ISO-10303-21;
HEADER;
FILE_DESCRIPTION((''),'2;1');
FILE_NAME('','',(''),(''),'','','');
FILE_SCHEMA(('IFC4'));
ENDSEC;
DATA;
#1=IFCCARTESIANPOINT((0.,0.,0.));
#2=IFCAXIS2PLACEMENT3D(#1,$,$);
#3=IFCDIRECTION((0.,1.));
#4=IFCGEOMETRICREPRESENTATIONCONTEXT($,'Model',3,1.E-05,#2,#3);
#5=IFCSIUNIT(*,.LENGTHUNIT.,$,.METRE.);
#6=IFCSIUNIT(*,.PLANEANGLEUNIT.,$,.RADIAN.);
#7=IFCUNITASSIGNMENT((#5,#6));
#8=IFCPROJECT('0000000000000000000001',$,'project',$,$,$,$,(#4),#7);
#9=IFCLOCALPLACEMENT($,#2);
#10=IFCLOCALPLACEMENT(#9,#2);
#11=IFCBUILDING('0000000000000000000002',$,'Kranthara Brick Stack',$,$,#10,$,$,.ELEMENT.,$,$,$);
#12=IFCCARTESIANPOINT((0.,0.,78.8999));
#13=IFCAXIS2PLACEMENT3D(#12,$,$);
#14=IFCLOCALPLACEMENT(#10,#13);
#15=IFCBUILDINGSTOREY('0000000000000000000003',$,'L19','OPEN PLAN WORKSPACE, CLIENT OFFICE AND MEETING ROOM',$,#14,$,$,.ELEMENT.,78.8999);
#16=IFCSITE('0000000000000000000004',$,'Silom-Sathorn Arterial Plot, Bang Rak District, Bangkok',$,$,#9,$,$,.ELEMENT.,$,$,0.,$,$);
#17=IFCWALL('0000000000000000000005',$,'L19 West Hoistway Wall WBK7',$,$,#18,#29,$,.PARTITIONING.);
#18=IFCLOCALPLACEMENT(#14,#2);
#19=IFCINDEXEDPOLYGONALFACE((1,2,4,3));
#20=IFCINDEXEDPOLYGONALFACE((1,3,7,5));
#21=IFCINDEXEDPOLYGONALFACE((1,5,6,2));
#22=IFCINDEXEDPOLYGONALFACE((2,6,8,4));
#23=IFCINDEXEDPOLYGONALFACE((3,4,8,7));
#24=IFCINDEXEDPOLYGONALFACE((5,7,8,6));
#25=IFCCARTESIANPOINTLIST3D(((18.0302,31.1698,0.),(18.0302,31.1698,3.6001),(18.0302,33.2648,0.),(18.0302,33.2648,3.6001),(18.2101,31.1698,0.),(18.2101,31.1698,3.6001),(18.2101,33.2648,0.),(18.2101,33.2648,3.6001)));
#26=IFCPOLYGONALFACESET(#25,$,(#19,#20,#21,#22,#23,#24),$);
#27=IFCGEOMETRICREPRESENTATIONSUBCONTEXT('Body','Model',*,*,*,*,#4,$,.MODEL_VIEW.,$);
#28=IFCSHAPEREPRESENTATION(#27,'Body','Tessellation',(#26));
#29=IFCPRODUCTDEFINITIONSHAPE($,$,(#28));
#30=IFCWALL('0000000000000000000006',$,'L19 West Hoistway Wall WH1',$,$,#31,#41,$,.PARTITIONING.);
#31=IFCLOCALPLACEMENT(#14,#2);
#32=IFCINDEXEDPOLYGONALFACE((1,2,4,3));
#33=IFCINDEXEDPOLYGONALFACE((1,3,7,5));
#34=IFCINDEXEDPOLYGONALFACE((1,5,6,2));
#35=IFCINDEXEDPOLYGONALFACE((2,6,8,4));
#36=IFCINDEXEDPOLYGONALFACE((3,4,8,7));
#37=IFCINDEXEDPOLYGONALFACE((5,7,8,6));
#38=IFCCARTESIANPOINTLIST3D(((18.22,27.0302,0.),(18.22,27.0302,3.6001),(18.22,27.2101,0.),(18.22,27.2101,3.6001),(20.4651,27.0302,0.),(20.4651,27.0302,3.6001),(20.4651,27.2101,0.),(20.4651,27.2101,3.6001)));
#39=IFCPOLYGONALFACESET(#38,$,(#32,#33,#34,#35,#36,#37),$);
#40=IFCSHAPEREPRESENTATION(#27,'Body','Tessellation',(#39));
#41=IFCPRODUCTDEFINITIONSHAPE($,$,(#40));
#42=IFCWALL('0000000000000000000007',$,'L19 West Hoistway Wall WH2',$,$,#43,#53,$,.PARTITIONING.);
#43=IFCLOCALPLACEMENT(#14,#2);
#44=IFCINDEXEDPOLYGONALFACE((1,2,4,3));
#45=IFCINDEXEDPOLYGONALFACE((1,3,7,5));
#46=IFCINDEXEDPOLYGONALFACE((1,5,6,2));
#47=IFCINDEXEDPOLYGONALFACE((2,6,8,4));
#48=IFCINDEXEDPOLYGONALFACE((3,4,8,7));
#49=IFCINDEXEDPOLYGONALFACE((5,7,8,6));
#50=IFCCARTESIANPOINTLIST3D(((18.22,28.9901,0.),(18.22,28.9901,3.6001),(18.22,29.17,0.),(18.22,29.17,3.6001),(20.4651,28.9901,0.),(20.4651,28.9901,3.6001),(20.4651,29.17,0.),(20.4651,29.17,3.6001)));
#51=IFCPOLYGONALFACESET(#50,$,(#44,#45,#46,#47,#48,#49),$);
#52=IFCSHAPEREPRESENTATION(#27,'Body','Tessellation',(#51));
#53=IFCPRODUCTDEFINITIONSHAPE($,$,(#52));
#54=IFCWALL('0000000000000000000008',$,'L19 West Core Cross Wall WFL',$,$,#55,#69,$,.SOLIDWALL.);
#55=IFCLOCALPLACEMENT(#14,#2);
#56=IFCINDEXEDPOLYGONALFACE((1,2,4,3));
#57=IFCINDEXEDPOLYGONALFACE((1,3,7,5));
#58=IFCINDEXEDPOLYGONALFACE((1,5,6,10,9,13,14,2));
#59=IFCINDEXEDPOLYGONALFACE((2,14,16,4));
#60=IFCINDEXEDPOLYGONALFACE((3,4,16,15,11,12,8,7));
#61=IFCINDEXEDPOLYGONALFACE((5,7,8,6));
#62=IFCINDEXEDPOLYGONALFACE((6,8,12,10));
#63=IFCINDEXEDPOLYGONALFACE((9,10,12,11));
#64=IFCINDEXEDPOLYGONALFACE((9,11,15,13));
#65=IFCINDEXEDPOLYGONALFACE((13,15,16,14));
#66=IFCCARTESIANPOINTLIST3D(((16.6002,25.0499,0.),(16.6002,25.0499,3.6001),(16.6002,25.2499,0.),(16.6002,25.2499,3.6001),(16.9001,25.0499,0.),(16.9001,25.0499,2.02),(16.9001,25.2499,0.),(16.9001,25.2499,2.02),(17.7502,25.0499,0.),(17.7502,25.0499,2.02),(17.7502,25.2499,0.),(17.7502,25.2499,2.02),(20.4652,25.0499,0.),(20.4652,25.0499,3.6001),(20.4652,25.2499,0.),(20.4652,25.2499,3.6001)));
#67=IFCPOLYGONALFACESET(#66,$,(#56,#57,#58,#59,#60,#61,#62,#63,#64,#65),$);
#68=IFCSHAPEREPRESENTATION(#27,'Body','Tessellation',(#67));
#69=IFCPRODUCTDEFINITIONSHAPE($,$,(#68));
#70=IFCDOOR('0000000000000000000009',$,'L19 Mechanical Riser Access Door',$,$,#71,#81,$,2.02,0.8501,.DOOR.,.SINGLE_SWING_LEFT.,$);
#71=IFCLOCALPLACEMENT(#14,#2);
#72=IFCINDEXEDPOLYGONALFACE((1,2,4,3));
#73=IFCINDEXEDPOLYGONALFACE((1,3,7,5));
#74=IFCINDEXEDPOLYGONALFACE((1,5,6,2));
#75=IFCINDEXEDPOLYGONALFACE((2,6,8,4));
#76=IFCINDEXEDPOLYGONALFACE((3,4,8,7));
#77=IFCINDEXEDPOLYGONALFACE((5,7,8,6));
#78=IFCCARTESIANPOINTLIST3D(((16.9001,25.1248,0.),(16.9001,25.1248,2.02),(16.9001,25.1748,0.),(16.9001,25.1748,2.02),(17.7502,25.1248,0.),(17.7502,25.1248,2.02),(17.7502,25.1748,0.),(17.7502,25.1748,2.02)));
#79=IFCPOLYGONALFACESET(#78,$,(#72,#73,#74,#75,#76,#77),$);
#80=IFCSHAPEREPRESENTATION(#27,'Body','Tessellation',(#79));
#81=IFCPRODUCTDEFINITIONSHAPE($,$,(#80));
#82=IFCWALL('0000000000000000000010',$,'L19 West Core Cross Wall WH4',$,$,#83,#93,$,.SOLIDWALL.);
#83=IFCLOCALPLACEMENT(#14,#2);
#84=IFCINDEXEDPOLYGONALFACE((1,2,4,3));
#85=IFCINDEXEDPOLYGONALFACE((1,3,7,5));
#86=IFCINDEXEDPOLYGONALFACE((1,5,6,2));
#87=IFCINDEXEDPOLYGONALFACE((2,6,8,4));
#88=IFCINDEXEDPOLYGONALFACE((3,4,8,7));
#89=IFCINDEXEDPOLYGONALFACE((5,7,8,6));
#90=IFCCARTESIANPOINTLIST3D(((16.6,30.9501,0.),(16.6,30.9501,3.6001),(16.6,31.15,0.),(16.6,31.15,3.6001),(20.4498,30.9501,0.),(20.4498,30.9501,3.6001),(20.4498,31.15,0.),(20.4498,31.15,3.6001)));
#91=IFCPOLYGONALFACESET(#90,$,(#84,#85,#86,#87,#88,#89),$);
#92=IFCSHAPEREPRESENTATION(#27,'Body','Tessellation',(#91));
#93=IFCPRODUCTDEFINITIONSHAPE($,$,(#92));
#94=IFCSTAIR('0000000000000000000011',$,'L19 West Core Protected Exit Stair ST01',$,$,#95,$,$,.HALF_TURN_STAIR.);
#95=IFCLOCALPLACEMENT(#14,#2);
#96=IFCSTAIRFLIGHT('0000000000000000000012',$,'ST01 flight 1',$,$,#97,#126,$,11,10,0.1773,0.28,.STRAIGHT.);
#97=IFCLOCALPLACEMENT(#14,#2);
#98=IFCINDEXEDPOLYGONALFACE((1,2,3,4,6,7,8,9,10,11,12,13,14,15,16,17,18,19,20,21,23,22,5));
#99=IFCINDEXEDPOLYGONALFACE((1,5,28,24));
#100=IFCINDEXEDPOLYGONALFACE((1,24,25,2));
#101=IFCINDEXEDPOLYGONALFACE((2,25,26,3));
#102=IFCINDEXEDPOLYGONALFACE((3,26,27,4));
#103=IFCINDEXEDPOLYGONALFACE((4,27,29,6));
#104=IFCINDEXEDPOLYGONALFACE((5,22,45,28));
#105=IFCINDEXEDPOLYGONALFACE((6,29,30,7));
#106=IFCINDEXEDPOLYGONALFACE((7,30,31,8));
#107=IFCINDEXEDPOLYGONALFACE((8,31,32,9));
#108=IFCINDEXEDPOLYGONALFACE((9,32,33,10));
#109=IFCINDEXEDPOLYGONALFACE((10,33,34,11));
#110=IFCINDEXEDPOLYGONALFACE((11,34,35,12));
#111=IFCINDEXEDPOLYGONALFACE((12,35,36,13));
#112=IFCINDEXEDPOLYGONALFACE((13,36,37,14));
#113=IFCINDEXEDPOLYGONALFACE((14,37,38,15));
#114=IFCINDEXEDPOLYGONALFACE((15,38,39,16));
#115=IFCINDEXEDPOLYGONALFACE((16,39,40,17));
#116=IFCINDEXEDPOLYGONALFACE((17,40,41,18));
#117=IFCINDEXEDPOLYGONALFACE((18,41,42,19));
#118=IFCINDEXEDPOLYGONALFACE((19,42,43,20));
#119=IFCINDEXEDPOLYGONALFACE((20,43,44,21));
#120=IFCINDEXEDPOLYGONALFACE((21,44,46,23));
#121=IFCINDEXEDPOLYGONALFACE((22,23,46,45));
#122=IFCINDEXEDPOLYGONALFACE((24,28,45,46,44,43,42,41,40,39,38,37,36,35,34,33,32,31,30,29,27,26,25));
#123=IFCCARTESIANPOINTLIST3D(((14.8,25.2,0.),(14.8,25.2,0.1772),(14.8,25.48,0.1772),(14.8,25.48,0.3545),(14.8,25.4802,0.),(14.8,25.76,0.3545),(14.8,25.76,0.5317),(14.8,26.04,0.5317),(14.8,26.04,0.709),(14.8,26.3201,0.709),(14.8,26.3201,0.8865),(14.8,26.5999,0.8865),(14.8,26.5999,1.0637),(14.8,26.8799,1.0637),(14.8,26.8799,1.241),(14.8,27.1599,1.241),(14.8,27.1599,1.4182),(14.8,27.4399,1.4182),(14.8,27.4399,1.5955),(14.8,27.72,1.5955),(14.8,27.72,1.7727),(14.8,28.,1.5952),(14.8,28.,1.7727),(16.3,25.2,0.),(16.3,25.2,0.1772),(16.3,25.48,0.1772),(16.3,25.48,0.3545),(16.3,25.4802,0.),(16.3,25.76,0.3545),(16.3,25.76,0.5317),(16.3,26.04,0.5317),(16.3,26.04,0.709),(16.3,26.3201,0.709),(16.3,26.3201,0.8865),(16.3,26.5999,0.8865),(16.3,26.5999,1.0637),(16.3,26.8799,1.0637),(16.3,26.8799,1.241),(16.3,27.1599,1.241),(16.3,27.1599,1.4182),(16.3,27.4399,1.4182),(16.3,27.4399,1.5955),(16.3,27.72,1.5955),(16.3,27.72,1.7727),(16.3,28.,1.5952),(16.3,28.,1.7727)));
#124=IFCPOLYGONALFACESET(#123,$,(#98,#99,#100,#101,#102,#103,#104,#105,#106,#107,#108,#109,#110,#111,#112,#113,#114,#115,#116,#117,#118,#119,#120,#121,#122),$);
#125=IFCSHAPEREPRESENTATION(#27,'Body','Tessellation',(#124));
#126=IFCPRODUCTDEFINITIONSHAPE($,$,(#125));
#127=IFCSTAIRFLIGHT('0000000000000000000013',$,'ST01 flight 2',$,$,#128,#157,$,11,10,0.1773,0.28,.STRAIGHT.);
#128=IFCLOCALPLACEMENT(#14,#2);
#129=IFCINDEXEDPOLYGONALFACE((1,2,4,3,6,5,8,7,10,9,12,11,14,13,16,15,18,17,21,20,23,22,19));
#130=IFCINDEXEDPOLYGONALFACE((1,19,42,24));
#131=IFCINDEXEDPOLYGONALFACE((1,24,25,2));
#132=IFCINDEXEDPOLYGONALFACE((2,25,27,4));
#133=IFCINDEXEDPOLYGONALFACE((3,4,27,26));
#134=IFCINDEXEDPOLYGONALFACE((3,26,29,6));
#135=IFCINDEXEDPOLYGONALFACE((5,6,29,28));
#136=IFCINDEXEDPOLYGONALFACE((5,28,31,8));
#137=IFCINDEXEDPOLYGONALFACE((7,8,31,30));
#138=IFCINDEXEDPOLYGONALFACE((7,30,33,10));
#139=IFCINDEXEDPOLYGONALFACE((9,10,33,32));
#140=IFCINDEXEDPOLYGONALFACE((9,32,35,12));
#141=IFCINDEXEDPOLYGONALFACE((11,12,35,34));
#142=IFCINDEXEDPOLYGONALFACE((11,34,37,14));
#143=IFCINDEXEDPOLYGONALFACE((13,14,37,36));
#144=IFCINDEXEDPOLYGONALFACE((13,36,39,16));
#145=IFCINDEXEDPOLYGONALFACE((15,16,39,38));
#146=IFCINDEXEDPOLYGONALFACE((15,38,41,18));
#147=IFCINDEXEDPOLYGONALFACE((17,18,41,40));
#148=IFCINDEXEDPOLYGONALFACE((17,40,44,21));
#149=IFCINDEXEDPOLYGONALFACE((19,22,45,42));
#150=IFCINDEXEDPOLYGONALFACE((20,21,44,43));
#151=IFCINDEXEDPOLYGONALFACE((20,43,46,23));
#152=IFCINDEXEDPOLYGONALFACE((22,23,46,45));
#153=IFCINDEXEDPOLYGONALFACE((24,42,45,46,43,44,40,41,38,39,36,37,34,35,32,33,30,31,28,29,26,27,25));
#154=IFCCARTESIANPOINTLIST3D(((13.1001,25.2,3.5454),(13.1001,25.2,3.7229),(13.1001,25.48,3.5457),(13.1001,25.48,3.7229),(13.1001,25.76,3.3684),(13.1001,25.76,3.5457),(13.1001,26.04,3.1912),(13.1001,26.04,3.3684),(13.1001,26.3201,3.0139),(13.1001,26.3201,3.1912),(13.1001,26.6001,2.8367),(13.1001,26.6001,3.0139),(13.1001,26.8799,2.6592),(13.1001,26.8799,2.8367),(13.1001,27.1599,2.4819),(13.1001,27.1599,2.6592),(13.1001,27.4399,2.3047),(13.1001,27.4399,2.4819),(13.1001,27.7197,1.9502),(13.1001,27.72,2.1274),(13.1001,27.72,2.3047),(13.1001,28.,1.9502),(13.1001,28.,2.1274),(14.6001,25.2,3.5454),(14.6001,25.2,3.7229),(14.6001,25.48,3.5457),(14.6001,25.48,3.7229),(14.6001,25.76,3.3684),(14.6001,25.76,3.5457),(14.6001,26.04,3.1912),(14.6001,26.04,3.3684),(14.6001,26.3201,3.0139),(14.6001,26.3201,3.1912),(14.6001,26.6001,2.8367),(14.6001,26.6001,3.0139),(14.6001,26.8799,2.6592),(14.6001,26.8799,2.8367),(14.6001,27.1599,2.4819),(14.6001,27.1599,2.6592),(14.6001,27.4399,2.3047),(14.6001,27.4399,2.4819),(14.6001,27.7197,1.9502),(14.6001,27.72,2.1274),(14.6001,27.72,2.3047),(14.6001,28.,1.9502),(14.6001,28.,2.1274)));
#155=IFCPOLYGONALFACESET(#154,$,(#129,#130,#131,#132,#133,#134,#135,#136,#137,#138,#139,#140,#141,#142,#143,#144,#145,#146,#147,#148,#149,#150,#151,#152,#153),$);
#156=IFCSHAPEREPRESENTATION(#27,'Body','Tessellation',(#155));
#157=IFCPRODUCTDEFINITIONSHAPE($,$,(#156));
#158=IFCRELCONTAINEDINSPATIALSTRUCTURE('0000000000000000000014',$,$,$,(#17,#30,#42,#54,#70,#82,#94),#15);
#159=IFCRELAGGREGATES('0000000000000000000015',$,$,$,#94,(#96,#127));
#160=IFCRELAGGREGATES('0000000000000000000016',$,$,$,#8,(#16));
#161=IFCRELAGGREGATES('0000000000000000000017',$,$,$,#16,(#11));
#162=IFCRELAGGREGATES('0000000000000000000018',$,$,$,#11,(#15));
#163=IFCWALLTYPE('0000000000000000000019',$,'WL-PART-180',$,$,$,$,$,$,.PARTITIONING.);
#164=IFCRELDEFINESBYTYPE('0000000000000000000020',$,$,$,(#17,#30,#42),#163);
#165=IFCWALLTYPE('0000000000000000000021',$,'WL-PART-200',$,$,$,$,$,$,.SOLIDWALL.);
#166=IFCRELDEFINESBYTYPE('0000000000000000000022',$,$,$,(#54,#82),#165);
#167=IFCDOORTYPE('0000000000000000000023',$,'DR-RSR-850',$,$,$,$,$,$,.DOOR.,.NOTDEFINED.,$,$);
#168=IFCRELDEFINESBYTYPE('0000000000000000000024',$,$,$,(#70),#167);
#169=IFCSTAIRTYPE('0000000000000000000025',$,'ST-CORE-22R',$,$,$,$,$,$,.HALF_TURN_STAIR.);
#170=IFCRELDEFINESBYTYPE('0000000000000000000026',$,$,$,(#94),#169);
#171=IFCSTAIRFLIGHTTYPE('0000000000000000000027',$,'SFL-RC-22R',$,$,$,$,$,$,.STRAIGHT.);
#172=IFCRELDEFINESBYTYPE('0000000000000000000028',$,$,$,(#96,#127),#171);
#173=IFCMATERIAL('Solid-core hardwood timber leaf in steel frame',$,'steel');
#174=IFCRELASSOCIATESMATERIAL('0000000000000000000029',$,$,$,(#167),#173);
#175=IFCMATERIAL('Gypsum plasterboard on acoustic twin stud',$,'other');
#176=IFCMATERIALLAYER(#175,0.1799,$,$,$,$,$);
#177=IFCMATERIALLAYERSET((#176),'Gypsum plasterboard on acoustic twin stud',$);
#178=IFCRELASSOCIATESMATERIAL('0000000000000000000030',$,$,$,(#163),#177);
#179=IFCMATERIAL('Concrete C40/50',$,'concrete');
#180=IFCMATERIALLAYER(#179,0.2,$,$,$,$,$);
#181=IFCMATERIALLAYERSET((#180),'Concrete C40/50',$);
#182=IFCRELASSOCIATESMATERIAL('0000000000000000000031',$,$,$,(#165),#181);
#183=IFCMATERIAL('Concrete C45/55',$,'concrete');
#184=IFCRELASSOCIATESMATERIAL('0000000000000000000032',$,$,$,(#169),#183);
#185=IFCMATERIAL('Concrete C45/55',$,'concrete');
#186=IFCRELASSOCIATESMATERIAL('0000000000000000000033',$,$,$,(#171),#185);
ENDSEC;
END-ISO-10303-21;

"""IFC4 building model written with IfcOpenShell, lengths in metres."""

from ifc_helpers import new_model, si_unit, direction, frame, frame_2d, origin, place, context, subcontext, project, spatial, polyline, rectangle, outline, extrude, material, layer, layer_set, type_object, element, fill, aggregate, save


model = new_model("IFC4")

# Units and contexts
model_context = context("Model", 3, precision=1e-05, world=origin(), true_north=direction((0.0, 1.0)))
body_context = subcontext(model_context, "Body", "Model", "MODEL_VIEW")
ifc_project = project(units=[si_unit("LENGTHUNIT", "METRE"), si_unit("PLANEANGLEUNIT", "RADIAN")], contexts=[model_context])

# Site, building, storey
site_placement = place(None, origin())
site = spatial("IfcSite", under=ifc_project, at=site_placement, Name="Silom-Sathorn Arterial Plot, Bang Rak District, Bangkok", CompositionType="ELEMENT", RefElevation=0.0)
building_placement = place(site_placement, origin())
building = spatial("IfcBuilding", under=site, at=building_placement, Name="Kranthara Brick Stack", CompositionType="ELEMENT")
storey_placement = place(building_placement, frame((0.0, 0.0, 78.8999)))
storey = spatial("IfcBuildingStorey", under=building, at=storey_placement, Name="L19", Description="OPEN PLAN WORKSPACE, CLIENT OFFICE AND MEETING ROOM", CompositionType="ELEMENT", Elevation=78.8999)

# Shared definitions
ifc_material_1 = material(Name="Solid-core hardwood timber leaf in steel frame", Category="steel")
door_type_1 = type_object("IfcDoorType", Name="DR-RSR-850", OperationType="NOTDEFINED", PredefinedType="DOOR", material=ifc_material_1)

# Walls
ifc_material_2 = material(Name="Gypsum plasterboard on acoustic twin stud", Category="other")
ifc_layer_1 = layer(ifc_material_2, 0.1799)
ifc_layer_set_1 = layer_set([ifc_layer_1], Name="Gypsum plasterboard on acoustic twin stud")
wall_type_1 = type_object("IfcWallType", Name="WL-PART-180", PredefinedType="PARTITIONING", material=ifc_layer_set_1)
wall_1_placement = place(storey_placement, frame((18.1201, 31.1699, 0.0), z_axis=(0.0, 0.0, 1.0), x_axis=(0.0, 1.0, 0.0)))
element("IfcWall", 1, at=wall_1_placement, inside=storey, type_object=wall_type_1, Name="L19 West Hoistway Wall WBK7", PredefinedType="PARTITIONING", context=body_context, shape_type="SweptSolid", body=[
    extrude(rectangle(XDim=2.095, YDim=0.1799, at=frame_2d((1.0474, 0.0))), origin(), (0.0, 0.0, 1.0), 3.6001),
])
for number, where, z_axis, x_axis, name in (
    (2, (18.22, 27.1201, 0.0), (0.0, 0.0, 1.0), (1.0, 0.0, 0.0), "L19 West Hoistway Wall WH1"),
    (3, (18.22, 29.0801, 0.0), (0.0, 0.0, 1.0), (1.0, 0.0, 0.0), "L19 West Hoistway Wall WH2"),
):
    element("IfcWall", number, at=place(storey_placement, frame(where, z_axis=z_axis, x_axis=x_axis)), inside=storey, type_object=wall_type_1, Name=name, PredefinedType="PARTITIONING", context=body_context, shape_type="SweptSolid", body=[
        extrude(rectangle(XDim=2.2451, YDim=0.1799, at=frame_2d((1.1226, 0.0))), origin(), (0.0, 0.0, 1.0), 3.6001),
    ])

# Wall, opening, door
ifc_material_3 = material(Name="Concrete C40/50", Category="concrete")
ifc_layer_2 = layer(ifc_material_3, 0.2)
ifc_layer_set_2 = layer_set([ifc_layer_2], Name="Concrete C40/50")
wall_type_2 = type_object("IfcWallType", Name="WL-PART-200", PredefinedType="SOLIDWALL", material=ifc_layer_set_2)
wall_2_placement = place(storey_placement, frame((16.6001, 25.1499, 0.0), z_axis=(0.0, 0.0, 1.0), x_axis=(1.0, 0.0, 0.0)))
wall_2 = element("IfcWall", 4, at=wall_2_placement, inside=storey, type_object=wall_type_2, Name="L19 West Core Cross Wall WFL", PredefinedType="SOLIDWALL", context=body_context, shape_type="SweptSolid", body=[
    extrude(rectangle(XDim=3.865, YDim=0.2, at=frame_2d((1.9326, 0.0))), origin(), (0.0, 0.0, 1.0), 3.6001),
])
opening_1_placement = place(wall_2_placement, frame((0.3, 0.0, 0.0)))
opening_1 = element("IfcOpeningElement", 5, at=opening_1_placement, cuts=wall_2, PredefinedType="OPENING", context=body_context, shape_type="SweptSolid", body=[
    extrude(rectangle(XDim=0.8501, YDim=2.02, at=frame_2d((0.425, 1.01))), frame((0.0, 0.1099, 0.0), z_axis=(0.0, -1.0, 0.0), x_axis=(1.0, 0.0, 0.0)), (0.0, 0.0, 1.0), 0.22),
])
door_1_placement = place(opening_1_placement, origin())
door_1 = element("IfcDoor", 6, at=door_1_placement, inside=storey, type_object=door_type_1, Name="L19 Mechanical Riser Access Door", OperationType="SINGLE_SWING_LEFT", OverallHeight=2.02, OverallWidth=0.8501, PredefinedType="DOOR", context=body_context, shape_type="SweptSolid", body=[
    extrude(rectangle(XDim=0.8501, YDim=2.02, at=frame_2d((0.425, 1.01))), frame((0.0, 0.0249, 0.0), z_axis=(0.0, -1.0, 0.0), x_axis=(1.0, 0.0, 0.0)), (0.0, 0.0, 1.0), 0.05),
])
fill(opening_1, door_1)

# Wall
wall_3_placement = place(storey_placement, frame((16.6001, 31.05, 0.0), z_axis=(0.0, 0.0, 1.0), x_axis=(1.0, 0.0, 0.0)))
element("IfcWall", 7, at=wall_3_placement, inside=storey, type_object=wall_type_2, Name="L19 West Core Cross Wall WH4", PredefinedType="SOLIDWALL", context=body_context, shape_type="SweptSolid", body=[
    extrude(rectangle(XDim=3.8499, YDim=0.2, at=frame_2d((1.9248, 0.0))), origin(), (0.0, 0.0, 1.0), 3.6001),
])

# Stair, stair flights
ifc_material_4 = material(Name="Concrete C45/55", Category="concrete")
stair_type = type_object("IfcStairType", Name="ST-CORE-22R", PredefinedType="HALF_TURN_STAIR", material=ifc_material_4)
stair_placement = place(storey_placement, origin())
stair = element("IfcStair", 8, at=stair_placement, inside=storey, type_object=stair_type, Name="L19 West Core Protected Exit Stair ST01", PredefinedType="HALF_TURN_STAIR")
ifc_material_5 = material(Name="Concrete C45/55", Category="concrete")
stair_flight_type = type_object("IfcStairFlightType", Name="SFL-RC-22R", PredefinedType="STRAIGHT", material=ifc_material_5)
stair_flight_1_placement = place(storey_placement, frame((15.55, 25.2, 0.0), z_axis=(0.0, 0.0, 1.0), x_axis=(0.0, 1.0, 0.0)))
stair_flight_1 = element("IfcStairFlight", 9, at=stair_flight_1_placement, type_object=stair_flight_type, Name="ST01 flight 1", NumberOfRisers=11, NumberOfTreads=10, PredefinedType="STRAIGHT", RiserHeight=0.1773, TreadLength=0.28, context=body_context, shape_type="SweptSolid", body=[
    extrude(outline(polyline([(0.0, 0.0), (0.0, 0.1772), (0.28, 0.1772), (0.28, 0.3545), (0.5601, 0.3545), (0.5601, 0.5317), (0.8401, 0.5317), (0.8401, 0.709), (1.1201, 0.709), (1.1201, 0.8865), (1.3999, 0.8865), (1.3999, 1.0637), (1.6799, 1.0637), (1.6799, 1.241), (1.96, 1.241), (1.96, 1.4182), (2.24, 1.4182), (2.24, 1.5955), (2.52, 1.5955), (2.52, 1.7727), (2.8, 1.7727), (2.8, 1.95), (2.8, 1.5952), (0.2803, 0.0), (0.0, 0.0)])), frame((0.0, 0.75, 0.0), z_axis=(0.0, -1.0, 0.0), x_axis=(1.0, 0.0, 0.0)), (0.0, 0.0, 1.0), 1.5),
])
stair_flight_2_placement = place(storey_placement, frame((13.8501, 28.0, 1.9502), z_axis=(0.0, 0.0, 1.0), x_axis=(0.0, -1.0, 0.0)))
stair_flight_2 = element("IfcStairFlight", 10, at=stair_flight_2_placement, type_object=stair_flight_type, Name="ST01 flight 2", NumberOfRisers=11, NumberOfTreads=10, PredefinedType="STRAIGHT", RiserHeight=0.1773, TreadLength=0.28, context=body_context, shape_type="SweptSolid", body=[
    extrude(outline(polyline([(0.0, 0.0), (0.0, 0.1772), (0.28, 0.1772), (0.28, 0.3545), (0.5601, 0.3545), (0.5601, 0.5317), (0.8401, 0.5317), (0.8401, 0.709), (1.1201, 0.709), (1.1201, 0.8865), (1.3999, 0.8865), (1.3999, 1.0637), (1.6799, 1.0637), (1.6799, 1.241), (1.96, 1.241), (1.96, 1.4182), (2.24, 1.4182), (2.24, 1.5955), (2.52, 1.5955), (2.52, 1.7727), (2.8, 1.7727), (2.8, 1.95), (2.8, 1.5952), (0.2803, 0.0), (0.0, 0.0)])), frame((0.0, 0.75, 0.0), z_axis=(0.0, -1.0, 0.0), x_axis=(1.0, 0.0, 0.0)), (0.0, 0.0, 1.0), 1.5),
])
aggregate(stair, [stair_flight_1, stair_flight_2])

save(model, "model.ifc")
